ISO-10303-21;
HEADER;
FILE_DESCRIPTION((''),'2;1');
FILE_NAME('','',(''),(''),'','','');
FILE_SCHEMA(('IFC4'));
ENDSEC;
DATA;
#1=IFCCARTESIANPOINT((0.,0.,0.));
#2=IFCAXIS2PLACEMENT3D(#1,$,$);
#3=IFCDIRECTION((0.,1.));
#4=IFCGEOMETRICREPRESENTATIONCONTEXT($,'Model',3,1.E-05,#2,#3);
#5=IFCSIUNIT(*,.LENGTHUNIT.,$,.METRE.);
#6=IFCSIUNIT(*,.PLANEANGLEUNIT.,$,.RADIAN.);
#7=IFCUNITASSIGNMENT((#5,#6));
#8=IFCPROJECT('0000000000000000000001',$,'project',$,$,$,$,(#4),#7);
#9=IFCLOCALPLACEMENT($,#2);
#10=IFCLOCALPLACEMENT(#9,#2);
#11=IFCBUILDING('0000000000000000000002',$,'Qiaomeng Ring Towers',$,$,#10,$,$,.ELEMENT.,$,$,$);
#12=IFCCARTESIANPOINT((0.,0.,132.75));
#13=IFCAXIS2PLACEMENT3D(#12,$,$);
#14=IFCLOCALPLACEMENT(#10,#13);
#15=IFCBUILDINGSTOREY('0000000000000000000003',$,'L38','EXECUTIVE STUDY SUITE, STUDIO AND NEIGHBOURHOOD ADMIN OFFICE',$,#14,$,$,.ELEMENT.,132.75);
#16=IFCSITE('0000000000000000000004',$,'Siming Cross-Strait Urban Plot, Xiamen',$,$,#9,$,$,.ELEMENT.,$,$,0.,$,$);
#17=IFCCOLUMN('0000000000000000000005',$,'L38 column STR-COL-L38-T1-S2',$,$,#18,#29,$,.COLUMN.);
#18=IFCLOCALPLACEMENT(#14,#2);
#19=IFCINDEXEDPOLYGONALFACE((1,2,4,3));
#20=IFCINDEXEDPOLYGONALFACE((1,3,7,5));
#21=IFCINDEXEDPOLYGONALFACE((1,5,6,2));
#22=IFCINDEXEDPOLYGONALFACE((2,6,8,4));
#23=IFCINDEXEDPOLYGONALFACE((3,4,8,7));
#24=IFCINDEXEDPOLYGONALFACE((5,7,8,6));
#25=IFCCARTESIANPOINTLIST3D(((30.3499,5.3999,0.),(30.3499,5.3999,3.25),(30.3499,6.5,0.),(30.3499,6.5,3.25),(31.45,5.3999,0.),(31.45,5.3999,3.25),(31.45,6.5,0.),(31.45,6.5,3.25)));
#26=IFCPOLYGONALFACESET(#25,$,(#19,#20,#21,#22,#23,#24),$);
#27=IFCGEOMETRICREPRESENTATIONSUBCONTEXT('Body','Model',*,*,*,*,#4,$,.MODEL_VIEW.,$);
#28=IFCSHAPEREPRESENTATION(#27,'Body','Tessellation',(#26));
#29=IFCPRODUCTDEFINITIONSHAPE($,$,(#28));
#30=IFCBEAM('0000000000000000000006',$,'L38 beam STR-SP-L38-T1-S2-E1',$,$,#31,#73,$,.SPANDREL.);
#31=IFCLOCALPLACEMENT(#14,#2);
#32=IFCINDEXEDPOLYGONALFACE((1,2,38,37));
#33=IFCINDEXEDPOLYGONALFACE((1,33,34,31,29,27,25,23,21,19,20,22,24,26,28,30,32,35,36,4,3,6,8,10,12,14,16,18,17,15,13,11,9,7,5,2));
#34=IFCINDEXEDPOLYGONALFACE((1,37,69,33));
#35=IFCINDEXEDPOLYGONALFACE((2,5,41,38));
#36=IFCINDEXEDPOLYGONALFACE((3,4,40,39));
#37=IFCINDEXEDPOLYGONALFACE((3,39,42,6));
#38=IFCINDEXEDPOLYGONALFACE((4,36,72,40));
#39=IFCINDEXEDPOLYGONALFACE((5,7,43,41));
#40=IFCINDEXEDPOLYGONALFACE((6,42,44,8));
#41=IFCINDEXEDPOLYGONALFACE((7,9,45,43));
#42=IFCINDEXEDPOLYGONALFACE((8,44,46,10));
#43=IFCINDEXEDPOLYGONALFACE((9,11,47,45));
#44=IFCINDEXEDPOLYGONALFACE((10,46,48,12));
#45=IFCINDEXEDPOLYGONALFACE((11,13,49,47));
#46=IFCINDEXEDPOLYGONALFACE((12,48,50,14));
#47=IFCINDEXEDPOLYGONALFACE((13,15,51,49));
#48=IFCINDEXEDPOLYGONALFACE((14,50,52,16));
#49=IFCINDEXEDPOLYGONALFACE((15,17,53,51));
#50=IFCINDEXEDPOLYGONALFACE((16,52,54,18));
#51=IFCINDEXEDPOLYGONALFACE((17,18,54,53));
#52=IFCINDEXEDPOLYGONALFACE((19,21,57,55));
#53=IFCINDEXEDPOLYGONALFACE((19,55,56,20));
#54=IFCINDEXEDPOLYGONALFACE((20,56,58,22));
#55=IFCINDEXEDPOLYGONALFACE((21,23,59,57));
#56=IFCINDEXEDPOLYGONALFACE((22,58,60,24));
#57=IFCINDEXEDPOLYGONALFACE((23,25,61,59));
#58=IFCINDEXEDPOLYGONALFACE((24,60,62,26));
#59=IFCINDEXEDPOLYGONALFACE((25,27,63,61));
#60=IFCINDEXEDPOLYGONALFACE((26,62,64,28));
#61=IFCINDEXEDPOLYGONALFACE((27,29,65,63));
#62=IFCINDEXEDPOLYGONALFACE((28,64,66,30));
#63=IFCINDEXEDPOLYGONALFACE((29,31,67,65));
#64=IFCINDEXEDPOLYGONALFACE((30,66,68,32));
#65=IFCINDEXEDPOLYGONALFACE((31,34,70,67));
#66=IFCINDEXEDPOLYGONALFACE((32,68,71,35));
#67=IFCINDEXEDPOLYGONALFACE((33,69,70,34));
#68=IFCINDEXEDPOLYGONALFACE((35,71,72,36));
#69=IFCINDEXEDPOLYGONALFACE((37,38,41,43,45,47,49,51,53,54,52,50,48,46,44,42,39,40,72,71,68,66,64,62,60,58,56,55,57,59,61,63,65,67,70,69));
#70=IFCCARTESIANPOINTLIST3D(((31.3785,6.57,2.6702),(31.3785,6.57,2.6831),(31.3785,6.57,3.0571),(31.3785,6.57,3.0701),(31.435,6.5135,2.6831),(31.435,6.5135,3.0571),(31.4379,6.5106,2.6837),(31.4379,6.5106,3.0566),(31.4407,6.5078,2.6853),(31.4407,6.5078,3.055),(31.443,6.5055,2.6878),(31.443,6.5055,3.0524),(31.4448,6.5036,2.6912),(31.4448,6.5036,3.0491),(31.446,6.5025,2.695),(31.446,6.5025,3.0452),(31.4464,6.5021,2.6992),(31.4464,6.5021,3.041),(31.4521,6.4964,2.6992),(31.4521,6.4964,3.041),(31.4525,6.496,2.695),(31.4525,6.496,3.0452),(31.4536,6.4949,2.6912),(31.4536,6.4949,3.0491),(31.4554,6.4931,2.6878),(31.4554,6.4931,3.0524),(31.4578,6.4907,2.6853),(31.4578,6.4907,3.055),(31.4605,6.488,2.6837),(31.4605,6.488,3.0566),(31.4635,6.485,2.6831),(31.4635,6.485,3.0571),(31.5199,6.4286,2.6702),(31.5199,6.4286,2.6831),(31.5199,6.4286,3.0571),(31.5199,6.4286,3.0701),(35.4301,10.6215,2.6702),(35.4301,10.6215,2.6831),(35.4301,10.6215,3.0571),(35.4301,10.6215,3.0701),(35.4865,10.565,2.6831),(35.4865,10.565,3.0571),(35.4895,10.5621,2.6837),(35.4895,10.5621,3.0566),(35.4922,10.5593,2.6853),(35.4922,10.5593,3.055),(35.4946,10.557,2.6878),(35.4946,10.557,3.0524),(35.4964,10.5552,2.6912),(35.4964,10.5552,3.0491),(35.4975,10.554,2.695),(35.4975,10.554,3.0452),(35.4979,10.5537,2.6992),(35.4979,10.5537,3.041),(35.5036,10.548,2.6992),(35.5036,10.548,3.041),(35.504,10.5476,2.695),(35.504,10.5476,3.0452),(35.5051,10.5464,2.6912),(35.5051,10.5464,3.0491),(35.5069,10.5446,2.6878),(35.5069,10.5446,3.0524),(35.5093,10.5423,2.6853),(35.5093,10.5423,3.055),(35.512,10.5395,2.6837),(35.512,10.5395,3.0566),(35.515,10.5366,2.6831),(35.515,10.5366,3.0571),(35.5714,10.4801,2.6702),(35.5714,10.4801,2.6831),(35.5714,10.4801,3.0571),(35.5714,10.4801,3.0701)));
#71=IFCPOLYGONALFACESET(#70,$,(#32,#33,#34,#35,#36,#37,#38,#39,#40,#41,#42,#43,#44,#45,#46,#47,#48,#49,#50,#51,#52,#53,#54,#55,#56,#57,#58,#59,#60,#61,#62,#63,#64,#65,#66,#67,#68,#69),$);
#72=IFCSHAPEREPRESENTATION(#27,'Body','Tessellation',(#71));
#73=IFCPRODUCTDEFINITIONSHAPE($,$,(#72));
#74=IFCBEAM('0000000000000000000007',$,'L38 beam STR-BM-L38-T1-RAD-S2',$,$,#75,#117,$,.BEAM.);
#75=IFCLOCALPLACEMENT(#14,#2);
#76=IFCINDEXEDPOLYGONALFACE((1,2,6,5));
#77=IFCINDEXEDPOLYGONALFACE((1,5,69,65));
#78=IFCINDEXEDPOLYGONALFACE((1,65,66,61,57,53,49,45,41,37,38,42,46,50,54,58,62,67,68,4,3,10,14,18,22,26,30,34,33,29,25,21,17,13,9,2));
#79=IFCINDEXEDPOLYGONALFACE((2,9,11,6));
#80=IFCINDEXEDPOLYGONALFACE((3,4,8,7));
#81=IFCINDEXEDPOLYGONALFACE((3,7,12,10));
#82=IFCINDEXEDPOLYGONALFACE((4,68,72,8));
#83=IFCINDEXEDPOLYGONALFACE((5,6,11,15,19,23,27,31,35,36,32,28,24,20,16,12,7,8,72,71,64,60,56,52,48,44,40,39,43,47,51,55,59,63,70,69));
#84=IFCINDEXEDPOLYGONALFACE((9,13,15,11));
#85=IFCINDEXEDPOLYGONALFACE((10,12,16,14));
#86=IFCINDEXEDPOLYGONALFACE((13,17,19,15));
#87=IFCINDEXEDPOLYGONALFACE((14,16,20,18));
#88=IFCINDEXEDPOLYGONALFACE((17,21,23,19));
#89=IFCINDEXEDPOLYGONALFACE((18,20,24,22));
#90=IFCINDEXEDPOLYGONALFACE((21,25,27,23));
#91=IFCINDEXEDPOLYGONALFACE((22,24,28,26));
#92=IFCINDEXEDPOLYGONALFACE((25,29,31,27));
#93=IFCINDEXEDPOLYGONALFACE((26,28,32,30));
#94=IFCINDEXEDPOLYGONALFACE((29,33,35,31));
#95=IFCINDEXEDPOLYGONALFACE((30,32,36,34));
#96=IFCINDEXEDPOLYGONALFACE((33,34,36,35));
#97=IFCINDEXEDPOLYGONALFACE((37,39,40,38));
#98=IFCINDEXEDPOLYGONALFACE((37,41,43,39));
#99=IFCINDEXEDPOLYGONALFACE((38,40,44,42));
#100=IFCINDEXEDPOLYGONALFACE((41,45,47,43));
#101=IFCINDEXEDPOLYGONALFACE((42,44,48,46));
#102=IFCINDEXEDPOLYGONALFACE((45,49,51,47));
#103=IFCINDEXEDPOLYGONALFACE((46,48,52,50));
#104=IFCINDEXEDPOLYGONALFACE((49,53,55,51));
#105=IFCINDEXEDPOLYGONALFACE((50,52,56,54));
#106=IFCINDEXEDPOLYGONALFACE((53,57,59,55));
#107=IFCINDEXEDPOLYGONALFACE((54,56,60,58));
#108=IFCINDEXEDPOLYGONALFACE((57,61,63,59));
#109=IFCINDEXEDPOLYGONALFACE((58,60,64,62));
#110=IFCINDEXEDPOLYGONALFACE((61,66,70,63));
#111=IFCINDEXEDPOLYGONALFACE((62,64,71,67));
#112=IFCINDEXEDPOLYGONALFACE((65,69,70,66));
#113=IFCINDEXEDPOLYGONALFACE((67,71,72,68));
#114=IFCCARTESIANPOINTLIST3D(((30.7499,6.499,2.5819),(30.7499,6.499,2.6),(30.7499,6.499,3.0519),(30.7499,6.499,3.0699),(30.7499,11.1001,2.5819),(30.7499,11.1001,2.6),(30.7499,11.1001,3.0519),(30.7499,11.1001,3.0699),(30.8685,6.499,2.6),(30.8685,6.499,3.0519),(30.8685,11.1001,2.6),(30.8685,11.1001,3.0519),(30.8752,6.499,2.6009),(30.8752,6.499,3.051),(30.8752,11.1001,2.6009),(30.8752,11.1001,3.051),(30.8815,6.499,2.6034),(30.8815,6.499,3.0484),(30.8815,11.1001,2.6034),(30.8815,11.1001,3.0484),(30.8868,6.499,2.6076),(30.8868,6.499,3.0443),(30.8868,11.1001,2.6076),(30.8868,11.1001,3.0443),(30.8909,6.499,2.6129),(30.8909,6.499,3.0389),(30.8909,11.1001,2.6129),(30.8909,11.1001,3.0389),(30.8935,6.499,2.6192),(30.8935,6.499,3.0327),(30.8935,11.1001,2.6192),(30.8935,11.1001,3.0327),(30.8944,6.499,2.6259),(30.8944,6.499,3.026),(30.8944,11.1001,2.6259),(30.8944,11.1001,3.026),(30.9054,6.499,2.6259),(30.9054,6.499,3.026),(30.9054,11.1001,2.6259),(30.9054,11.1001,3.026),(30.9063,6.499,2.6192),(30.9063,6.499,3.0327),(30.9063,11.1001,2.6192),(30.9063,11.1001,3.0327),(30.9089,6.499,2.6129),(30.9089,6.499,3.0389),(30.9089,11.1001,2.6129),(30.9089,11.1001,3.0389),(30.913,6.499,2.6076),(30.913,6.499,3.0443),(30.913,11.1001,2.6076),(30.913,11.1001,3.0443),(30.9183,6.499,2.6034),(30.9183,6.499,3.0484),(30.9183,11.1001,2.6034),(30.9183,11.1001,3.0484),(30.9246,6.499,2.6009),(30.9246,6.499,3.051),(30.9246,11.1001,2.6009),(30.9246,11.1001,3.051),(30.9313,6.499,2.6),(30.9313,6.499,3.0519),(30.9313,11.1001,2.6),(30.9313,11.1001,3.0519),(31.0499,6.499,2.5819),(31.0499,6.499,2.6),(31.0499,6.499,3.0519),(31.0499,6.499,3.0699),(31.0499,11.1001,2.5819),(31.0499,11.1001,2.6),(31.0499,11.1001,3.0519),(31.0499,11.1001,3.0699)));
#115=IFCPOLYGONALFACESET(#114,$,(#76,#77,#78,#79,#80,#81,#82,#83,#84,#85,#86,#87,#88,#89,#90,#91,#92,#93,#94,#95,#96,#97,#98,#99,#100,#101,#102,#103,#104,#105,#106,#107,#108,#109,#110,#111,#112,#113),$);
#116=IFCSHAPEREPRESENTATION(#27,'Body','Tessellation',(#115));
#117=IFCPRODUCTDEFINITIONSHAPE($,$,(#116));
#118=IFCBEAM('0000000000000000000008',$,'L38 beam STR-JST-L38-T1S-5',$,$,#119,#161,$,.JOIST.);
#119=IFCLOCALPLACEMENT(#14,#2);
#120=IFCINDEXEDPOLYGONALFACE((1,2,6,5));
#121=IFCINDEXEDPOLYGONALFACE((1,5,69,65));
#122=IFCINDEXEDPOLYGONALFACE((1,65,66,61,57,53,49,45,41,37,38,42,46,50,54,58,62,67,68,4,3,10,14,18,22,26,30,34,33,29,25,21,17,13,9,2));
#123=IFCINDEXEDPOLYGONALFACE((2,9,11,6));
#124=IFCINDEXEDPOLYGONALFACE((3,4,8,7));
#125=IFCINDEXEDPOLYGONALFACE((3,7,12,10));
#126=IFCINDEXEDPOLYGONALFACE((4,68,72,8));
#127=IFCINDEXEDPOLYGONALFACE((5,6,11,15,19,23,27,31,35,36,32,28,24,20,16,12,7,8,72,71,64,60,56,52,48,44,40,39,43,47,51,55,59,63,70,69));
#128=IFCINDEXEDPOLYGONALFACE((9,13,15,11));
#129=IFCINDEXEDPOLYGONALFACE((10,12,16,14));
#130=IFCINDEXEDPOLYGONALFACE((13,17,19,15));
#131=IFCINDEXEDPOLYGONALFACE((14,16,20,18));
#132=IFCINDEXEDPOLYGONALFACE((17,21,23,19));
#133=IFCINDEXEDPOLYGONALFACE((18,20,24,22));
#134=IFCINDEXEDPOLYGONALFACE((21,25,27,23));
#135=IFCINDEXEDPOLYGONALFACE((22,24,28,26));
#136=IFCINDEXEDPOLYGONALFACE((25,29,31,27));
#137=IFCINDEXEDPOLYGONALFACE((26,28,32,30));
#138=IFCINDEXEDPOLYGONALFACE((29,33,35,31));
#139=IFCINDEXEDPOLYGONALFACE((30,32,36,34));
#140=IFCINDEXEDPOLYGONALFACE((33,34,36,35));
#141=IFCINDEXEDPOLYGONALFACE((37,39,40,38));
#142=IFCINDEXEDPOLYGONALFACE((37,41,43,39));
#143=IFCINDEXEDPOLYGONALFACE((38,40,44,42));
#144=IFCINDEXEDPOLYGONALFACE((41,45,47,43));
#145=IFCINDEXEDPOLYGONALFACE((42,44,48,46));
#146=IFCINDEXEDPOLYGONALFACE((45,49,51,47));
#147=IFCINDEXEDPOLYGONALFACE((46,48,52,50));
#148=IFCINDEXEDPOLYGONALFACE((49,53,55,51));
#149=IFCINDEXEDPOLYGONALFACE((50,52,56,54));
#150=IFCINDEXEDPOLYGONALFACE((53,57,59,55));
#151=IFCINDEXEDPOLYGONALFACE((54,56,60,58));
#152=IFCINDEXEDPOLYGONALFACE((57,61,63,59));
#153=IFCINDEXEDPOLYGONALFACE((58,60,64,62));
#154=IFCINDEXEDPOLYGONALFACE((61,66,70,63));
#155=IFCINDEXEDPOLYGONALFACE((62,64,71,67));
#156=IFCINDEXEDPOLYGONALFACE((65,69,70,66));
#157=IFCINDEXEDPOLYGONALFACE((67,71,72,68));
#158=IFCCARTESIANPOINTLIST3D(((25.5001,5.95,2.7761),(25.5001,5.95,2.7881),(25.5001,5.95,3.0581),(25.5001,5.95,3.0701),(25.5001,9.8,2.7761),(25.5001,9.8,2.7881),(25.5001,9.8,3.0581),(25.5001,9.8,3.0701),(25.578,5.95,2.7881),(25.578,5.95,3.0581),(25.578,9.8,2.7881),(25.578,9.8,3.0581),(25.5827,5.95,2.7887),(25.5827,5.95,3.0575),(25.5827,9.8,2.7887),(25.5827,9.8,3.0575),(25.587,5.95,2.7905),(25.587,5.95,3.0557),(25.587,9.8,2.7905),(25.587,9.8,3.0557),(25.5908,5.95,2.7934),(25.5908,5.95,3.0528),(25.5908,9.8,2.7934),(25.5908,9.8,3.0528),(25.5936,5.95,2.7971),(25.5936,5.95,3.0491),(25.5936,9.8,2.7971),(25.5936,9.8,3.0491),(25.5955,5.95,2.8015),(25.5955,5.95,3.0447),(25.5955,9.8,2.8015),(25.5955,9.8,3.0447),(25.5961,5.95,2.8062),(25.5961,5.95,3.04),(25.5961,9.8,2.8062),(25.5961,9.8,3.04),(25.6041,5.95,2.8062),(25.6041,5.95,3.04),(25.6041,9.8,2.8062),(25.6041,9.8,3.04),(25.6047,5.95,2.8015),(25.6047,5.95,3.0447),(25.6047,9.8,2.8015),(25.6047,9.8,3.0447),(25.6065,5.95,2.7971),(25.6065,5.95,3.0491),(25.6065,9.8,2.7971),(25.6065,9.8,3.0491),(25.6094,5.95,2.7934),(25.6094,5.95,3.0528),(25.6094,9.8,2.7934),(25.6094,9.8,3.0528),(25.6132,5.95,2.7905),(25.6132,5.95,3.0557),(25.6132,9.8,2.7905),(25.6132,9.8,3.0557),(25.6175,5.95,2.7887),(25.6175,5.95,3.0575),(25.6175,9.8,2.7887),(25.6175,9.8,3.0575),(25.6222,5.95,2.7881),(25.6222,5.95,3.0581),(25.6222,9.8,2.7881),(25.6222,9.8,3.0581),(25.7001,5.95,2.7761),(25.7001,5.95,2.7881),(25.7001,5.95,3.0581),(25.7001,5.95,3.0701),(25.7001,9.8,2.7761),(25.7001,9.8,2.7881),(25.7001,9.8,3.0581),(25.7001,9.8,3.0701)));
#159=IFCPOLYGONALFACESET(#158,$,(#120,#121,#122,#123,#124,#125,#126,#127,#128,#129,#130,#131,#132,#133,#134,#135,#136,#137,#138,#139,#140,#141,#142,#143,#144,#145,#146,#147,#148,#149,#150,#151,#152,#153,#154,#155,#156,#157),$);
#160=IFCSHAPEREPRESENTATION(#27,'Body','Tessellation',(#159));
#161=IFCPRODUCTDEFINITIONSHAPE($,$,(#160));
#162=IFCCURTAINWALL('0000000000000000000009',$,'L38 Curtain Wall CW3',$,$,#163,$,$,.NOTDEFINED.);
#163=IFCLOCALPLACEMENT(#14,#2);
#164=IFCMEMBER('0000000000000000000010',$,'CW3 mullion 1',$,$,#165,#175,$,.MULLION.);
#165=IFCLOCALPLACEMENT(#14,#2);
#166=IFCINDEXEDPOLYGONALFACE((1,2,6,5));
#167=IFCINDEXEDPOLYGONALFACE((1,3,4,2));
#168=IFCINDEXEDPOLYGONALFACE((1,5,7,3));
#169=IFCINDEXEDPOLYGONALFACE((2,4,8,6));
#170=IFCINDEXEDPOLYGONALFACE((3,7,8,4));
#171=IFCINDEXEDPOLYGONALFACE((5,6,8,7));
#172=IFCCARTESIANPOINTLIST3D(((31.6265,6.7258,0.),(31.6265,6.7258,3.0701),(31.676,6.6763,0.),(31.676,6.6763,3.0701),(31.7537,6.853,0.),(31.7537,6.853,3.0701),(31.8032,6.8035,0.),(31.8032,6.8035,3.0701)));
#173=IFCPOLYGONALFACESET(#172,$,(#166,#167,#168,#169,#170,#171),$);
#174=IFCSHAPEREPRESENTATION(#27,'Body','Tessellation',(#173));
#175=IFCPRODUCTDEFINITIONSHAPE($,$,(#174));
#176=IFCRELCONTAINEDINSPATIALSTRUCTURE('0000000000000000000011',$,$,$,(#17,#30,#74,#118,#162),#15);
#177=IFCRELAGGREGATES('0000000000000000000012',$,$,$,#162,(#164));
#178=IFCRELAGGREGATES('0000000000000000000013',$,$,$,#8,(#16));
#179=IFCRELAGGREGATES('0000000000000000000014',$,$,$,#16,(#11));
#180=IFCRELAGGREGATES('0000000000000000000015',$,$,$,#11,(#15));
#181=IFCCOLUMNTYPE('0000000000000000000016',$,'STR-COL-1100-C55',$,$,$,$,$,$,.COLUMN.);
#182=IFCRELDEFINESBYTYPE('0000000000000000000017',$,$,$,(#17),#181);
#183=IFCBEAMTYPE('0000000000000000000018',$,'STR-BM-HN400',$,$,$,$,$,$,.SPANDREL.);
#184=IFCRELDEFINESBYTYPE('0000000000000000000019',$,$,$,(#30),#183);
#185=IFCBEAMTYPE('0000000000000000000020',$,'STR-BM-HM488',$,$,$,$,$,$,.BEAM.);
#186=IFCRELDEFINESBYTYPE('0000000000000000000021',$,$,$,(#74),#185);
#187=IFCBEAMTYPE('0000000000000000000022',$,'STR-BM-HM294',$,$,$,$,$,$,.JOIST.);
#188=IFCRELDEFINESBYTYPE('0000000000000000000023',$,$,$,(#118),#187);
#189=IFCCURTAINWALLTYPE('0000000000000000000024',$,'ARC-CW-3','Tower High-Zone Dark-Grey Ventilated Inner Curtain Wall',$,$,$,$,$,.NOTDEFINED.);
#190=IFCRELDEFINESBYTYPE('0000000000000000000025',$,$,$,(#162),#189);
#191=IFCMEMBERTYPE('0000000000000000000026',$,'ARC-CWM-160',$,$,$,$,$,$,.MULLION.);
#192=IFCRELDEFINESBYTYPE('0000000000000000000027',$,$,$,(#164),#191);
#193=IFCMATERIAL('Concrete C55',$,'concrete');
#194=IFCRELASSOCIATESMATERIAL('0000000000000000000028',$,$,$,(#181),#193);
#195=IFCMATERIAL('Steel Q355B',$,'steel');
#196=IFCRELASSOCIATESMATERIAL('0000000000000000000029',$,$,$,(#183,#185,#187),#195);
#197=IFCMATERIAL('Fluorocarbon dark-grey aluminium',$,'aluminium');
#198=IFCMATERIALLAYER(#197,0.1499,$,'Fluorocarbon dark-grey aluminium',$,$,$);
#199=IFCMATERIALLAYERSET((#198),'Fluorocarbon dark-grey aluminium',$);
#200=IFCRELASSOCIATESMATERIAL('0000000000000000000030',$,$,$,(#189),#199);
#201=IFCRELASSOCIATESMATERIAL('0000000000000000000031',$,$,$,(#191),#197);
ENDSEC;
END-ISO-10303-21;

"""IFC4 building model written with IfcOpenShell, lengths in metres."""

from ifc_helpers import new_model, si_unit, direction, frame, origin, origin_2d, place, context, subcontext, project, spatial, rectangle, i_section, extrude, source, transform, mapped, material, layer, layer_set, material_profile, profile_set, type_object, element, aggregate, save


model = new_model("IFC4")

# Units and contexts
model_context = context("Model", 3, precision=1e-05, world=origin(), true_north=direction((0.0, 1.0)))
body_context = subcontext(model_context, "Body", "Model", "MODEL_VIEW")
ifc_project = project(units=[si_unit("LENGTHUNIT", "METRE"), si_unit("PLANEANGLEUNIT", "RADIAN")], contexts=[model_context])

# Site, building, storey
site_placement = place(None, origin())
site = spatial("IfcSite", under=ifc_project, at=site_placement, Name="Siming Cross-Strait Urban Plot, Xiamen", CompositionType="ELEMENT", RefElevation=0.0)
building_placement = place(site_placement, origin())
building = spatial("IfcBuilding", under=site, at=building_placement, Name="Qiaomeng Ring Towers", CompositionType="ELEMENT")
storey_placement = place(building_placement, frame((0.0, 0.0, 132.75)))
storey = spatial("IfcBuildingStorey", under=building, at=storey_placement, Name="L38", Description="EXECUTIVE STUDY SUITE, STUDIO AND NEIGHBOURHOOD ADMIN OFFICE", CompositionType="ELEMENT", Elevation=132.75)

# Column
ifc_material_1 = material(Name="Concrete C55", Category="concrete")
ifc_material_profile_1 = material_profile(ifc_material_1, rectangle(XDim=1.1001, YDim=1.1001, at=origin_2d()), Name="RC COL 1100x1100")
ifc_profile_set_1 = profile_set([ifc_material_profile_1], Name="Concrete C55")
column_type = type_object("IfcColumnType", Name="STR-COL-1100-C55", PredefinedType="COLUMN", material=ifc_profile_set_1)
shared_shape_1 = source(origin(), body_context, "Body", "SweptSolid", [
    extrude(rectangle(XDim=1.1001, YDim=1.1001, at=origin_2d()), origin(), (0.0, 0.0, 1.0), 3.25),
])
column_placement = place(storey_placement, frame((30.8999, 5.95, 0.0), z_axis=(0.0, 0.0, 1.0), x_axis=(1.0, 0.0, 0.0)))
element("IfcColumn", 1, at=column_placement, inside=storey, type_object=column_type, Name="L38 column STR-COL-L38-T1-S2", PredefinedType="COLUMN", context=body_context, shape_type="MappedRepresentation", body=[
    mapped(shared_shape_1, transform((0.0, 0.0, 0.0), x_axis=(1.0, 0.0, 0.0), y_axis=(0.0, 1.0, 0.0), z_axis=(0.0, 0.0, 1.0), scale=1.0)),
])

# Beams
ifc_material_2 = material(Name="Steel Q355B", Category="steel")
ifc_material_profile_2 = material_profile(ifc_material_2, i_section(OverallWidth=0.2, OverallDepth=0.3999, WebThickness=0.0081, FlangeThickness=0.0129, FilletRadius=0.0161, at=origin_2d()), Name="HN 400x200x8x13")
ifc_profile_set_2 = profile_set([ifc_material_profile_2], Name="Steel Q355B")
beam_type_1 = type_object("IfcBeamType", Name="STR-BM-HN400", PredefinedType="SPANDREL", material=ifc_profile_set_2)
shared_shape_2 = source(origin(), body_context, "Body", "SweptSolid", [
    extrude(i_section(OverallWidth=0.2, OverallDepth=0.3999, WebThickness=0.0081, FlangeThickness=0.0129, FilletRadius=0.0161, at=origin_2d()), origin(), (0.0, 0.0, 1.0), 5.7297),
])
beam_1_placement = place(storey_placement, frame((31.4492, 6.4993, 2.8701), z_axis=(0.707107, 0.707107, 0.0), x_axis=(-0.707107, 0.707107, 0.0)))
element("IfcBeam", 2, at=beam_1_placement, inside=storey, type_object=beam_type_1, Name="L38 beam STR-SP-L38-T1-S2-E1", PredefinedType="SPANDREL", context=body_context, shape_type="MappedRepresentation", body=[
    mapped(shared_shape_2, transform((0.0, 0.0, 0.0), x_axis=(1.0, 0.0, 0.0), y_axis=(0.0, 1.0, 0.0), z_axis=(0.0, 0.0, 1.0), scale=1.0)),
])
ifc_material_profile_3 = material_profile(ifc_material_2, i_section(OverallWidth=0.3, OverallDepth=0.488, WebThickness=0.011, FlangeThickness=0.0181, FilletRadius=0.0259, at=origin_2d()), Name="HM 488x300x11x18")
ifc_profile_set_3 = profile_set([ifc_material_profile_3], Name="Steel Q355B")
beam_type_2 = type_object("IfcBeamType", Name="STR-BM-HM488", PredefinedType="BEAM", material=ifc_profile_set_3)
shared_shape_3 = source(origin(), body_context, "Body", "SweptSolid", [
    extrude(i_section(OverallWidth=0.3, OverallDepth=0.488, WebThickness=0.011, FlangeThickness=0.0181, FilletRadius=0.0259, at=origin_2d()), origin(), (0.0, 0.0, 1.0), 4.6011),
])
beam_2_placement = place(storey_placement, frame((30.8999, 6.499, 2.8259), z_axis=(0.0, 1.0, 0.0), x_axis=(-1.0, 0.0, 0.0)))
element("IfcBeam", 3, at=beam_2_placement, inside=storey, type_object=beam_type_2, Name="L38 beam STR-BM-L38-T1-RAD-S2", PredefinedType="BEAM", context=body_context, shape_type="MappedRepresentation", body=[
    mapped(shared_shape_3, transform((0.0, 0.0, 0.0), x_axis=(1.0, 0.0, 0.0), y_axis=(0.0, 1.0, 0.0), z_axis=(0.0, 0.0, 1.0), scale=1.0)),
])
ifc_material_profile_4 = material_profile(ifc_material_2, i_section(OverallWidth=0.2, OverallDepth=0.2939, WebThickness=0.0081, FlangeThickness=0.012, FilletRadius=0.0181, at=origin_2d()), Name="HM 294x200x8x12")
ifc_profile_set_4 = profile_set([ifc_material_profile_4], Name="Steel Q355B")
beam_type_3 = type_object("IfcBeamType", Name="STR-BM-HM294", PredefinedType="JOIST", material=ifc_profile_set_4)
shared_shape_4 = source(origin(), body_context, "Body", "SweptSolid", [
    extrude(i_section(OverallWidth=0.2, OverallDepth=0.2939, WebThickness=0.0081, FlangeThickness=0.012, FilletRadius=0.0181, at=origin_2d()), origin(), (0.0, 0.0, 1.0), 3.8501),
])
beam_3_placement = place(storey_placement, frame((25.6001, 5.95, 2.9231), z_axis=(0.0, 1.0, 0.0), x_axis=(-1.0, 0.0, 0.0)))
element("IfcBeam", 4, at=beam_3_placement, inside=storey, type_object=beam_type_3, Name="L38 beam STR-JST-L38-T1S-5", PredefinedType="JOIST", context=body_context, shape_type="MappedRepresentation", body=[
    mapped(shared_shape_4, transform((0.0, 0.0, 0.0), x_axis=(1.0, 0.0, 0.0), y_axis=(0.0, 1.0, 0.0), z_axis=(0.0, 0.0, 1.0), scale=1.0)),
])

# Curtain wall, member
ifc_material_3 = material(Name="Fluorocarbon dark-grey aluminium", Category="aluminium")
ifc_layer_1 = layer(ifc_material_3, 0.1499, Name="Fluorocarbon dark-grey aluminium")
ifc_layer_set_1 = layer_set([ifc_layer_1], Name="Fluorocarbon dark-grey aluminium")
curtain_wall_type = type_object("IfcCurtainWallType", Name="ARC-CW-3", Description="Tower High-Zone Dark-Grey Ventilated Inner Curtain Wall", PredefinedType="NOTDEFINED", material=ifc_layer_set_1)
curtain_wall_placement = place(storey_placement, origin())
curtain_wall = element("IfcCurtainWall", 5, at=curtain_wall_placement, inside=storey, type_object=curtain_wall_type, Name="L38 Curtain Wall CW3", PredefinedType="NOTDEFINED")
ifc_material_profile_5 = material_profile(ifc_material_3, rectangle(XDim=0.0701, YDim=0.1799, at=origin_2d()), Name="ALU MULL 70x180")
ifc_profile_set_5 = profile_set([ifc_material_profile_5], Name="Fluorocarbon dark-grey aluminium")
member_type_1 = type_object("IfcMemberType", Name="ARC-CWM-160", PredefinedType="MULLION", material=ifc_profile_set_5)
shared_shape_5 = source(origin(), body_context, "Body", "SweptSolid", [
    extrude(rectangle(XDim=0.0701, YDim=0.1799, at=origin_2d()), origin(), (0.0, 0.0, 1.0), 3.0701),
])
member_1_placement = place(storey_placement, frame((31.7148, 6.7646, 0.0), z_axis=(0.0, 0.0, 1.0), x_axis=(-0.707107, 0.707107, 0.0)))
member_1 = element("IfcMember", 6, at=member_1_placement, type_object=member_type_1, Name="CW3 mullion 1", PredefinedType="MULLION", context=body_context, shape_type="MappedRepresentation", body=[
    mapped(shared_shape_5, transform((0.0, 0.0, 0.0), x_axis=(1.0, 0.0, 0.0), y_axis=(0.0, 1.0, 0.0), z_axis=(0.0, 0.0, 1.0), scale=1.0)),
])
aggregate(curtain_wall, [member_1])

save(model, "model.ifc")
